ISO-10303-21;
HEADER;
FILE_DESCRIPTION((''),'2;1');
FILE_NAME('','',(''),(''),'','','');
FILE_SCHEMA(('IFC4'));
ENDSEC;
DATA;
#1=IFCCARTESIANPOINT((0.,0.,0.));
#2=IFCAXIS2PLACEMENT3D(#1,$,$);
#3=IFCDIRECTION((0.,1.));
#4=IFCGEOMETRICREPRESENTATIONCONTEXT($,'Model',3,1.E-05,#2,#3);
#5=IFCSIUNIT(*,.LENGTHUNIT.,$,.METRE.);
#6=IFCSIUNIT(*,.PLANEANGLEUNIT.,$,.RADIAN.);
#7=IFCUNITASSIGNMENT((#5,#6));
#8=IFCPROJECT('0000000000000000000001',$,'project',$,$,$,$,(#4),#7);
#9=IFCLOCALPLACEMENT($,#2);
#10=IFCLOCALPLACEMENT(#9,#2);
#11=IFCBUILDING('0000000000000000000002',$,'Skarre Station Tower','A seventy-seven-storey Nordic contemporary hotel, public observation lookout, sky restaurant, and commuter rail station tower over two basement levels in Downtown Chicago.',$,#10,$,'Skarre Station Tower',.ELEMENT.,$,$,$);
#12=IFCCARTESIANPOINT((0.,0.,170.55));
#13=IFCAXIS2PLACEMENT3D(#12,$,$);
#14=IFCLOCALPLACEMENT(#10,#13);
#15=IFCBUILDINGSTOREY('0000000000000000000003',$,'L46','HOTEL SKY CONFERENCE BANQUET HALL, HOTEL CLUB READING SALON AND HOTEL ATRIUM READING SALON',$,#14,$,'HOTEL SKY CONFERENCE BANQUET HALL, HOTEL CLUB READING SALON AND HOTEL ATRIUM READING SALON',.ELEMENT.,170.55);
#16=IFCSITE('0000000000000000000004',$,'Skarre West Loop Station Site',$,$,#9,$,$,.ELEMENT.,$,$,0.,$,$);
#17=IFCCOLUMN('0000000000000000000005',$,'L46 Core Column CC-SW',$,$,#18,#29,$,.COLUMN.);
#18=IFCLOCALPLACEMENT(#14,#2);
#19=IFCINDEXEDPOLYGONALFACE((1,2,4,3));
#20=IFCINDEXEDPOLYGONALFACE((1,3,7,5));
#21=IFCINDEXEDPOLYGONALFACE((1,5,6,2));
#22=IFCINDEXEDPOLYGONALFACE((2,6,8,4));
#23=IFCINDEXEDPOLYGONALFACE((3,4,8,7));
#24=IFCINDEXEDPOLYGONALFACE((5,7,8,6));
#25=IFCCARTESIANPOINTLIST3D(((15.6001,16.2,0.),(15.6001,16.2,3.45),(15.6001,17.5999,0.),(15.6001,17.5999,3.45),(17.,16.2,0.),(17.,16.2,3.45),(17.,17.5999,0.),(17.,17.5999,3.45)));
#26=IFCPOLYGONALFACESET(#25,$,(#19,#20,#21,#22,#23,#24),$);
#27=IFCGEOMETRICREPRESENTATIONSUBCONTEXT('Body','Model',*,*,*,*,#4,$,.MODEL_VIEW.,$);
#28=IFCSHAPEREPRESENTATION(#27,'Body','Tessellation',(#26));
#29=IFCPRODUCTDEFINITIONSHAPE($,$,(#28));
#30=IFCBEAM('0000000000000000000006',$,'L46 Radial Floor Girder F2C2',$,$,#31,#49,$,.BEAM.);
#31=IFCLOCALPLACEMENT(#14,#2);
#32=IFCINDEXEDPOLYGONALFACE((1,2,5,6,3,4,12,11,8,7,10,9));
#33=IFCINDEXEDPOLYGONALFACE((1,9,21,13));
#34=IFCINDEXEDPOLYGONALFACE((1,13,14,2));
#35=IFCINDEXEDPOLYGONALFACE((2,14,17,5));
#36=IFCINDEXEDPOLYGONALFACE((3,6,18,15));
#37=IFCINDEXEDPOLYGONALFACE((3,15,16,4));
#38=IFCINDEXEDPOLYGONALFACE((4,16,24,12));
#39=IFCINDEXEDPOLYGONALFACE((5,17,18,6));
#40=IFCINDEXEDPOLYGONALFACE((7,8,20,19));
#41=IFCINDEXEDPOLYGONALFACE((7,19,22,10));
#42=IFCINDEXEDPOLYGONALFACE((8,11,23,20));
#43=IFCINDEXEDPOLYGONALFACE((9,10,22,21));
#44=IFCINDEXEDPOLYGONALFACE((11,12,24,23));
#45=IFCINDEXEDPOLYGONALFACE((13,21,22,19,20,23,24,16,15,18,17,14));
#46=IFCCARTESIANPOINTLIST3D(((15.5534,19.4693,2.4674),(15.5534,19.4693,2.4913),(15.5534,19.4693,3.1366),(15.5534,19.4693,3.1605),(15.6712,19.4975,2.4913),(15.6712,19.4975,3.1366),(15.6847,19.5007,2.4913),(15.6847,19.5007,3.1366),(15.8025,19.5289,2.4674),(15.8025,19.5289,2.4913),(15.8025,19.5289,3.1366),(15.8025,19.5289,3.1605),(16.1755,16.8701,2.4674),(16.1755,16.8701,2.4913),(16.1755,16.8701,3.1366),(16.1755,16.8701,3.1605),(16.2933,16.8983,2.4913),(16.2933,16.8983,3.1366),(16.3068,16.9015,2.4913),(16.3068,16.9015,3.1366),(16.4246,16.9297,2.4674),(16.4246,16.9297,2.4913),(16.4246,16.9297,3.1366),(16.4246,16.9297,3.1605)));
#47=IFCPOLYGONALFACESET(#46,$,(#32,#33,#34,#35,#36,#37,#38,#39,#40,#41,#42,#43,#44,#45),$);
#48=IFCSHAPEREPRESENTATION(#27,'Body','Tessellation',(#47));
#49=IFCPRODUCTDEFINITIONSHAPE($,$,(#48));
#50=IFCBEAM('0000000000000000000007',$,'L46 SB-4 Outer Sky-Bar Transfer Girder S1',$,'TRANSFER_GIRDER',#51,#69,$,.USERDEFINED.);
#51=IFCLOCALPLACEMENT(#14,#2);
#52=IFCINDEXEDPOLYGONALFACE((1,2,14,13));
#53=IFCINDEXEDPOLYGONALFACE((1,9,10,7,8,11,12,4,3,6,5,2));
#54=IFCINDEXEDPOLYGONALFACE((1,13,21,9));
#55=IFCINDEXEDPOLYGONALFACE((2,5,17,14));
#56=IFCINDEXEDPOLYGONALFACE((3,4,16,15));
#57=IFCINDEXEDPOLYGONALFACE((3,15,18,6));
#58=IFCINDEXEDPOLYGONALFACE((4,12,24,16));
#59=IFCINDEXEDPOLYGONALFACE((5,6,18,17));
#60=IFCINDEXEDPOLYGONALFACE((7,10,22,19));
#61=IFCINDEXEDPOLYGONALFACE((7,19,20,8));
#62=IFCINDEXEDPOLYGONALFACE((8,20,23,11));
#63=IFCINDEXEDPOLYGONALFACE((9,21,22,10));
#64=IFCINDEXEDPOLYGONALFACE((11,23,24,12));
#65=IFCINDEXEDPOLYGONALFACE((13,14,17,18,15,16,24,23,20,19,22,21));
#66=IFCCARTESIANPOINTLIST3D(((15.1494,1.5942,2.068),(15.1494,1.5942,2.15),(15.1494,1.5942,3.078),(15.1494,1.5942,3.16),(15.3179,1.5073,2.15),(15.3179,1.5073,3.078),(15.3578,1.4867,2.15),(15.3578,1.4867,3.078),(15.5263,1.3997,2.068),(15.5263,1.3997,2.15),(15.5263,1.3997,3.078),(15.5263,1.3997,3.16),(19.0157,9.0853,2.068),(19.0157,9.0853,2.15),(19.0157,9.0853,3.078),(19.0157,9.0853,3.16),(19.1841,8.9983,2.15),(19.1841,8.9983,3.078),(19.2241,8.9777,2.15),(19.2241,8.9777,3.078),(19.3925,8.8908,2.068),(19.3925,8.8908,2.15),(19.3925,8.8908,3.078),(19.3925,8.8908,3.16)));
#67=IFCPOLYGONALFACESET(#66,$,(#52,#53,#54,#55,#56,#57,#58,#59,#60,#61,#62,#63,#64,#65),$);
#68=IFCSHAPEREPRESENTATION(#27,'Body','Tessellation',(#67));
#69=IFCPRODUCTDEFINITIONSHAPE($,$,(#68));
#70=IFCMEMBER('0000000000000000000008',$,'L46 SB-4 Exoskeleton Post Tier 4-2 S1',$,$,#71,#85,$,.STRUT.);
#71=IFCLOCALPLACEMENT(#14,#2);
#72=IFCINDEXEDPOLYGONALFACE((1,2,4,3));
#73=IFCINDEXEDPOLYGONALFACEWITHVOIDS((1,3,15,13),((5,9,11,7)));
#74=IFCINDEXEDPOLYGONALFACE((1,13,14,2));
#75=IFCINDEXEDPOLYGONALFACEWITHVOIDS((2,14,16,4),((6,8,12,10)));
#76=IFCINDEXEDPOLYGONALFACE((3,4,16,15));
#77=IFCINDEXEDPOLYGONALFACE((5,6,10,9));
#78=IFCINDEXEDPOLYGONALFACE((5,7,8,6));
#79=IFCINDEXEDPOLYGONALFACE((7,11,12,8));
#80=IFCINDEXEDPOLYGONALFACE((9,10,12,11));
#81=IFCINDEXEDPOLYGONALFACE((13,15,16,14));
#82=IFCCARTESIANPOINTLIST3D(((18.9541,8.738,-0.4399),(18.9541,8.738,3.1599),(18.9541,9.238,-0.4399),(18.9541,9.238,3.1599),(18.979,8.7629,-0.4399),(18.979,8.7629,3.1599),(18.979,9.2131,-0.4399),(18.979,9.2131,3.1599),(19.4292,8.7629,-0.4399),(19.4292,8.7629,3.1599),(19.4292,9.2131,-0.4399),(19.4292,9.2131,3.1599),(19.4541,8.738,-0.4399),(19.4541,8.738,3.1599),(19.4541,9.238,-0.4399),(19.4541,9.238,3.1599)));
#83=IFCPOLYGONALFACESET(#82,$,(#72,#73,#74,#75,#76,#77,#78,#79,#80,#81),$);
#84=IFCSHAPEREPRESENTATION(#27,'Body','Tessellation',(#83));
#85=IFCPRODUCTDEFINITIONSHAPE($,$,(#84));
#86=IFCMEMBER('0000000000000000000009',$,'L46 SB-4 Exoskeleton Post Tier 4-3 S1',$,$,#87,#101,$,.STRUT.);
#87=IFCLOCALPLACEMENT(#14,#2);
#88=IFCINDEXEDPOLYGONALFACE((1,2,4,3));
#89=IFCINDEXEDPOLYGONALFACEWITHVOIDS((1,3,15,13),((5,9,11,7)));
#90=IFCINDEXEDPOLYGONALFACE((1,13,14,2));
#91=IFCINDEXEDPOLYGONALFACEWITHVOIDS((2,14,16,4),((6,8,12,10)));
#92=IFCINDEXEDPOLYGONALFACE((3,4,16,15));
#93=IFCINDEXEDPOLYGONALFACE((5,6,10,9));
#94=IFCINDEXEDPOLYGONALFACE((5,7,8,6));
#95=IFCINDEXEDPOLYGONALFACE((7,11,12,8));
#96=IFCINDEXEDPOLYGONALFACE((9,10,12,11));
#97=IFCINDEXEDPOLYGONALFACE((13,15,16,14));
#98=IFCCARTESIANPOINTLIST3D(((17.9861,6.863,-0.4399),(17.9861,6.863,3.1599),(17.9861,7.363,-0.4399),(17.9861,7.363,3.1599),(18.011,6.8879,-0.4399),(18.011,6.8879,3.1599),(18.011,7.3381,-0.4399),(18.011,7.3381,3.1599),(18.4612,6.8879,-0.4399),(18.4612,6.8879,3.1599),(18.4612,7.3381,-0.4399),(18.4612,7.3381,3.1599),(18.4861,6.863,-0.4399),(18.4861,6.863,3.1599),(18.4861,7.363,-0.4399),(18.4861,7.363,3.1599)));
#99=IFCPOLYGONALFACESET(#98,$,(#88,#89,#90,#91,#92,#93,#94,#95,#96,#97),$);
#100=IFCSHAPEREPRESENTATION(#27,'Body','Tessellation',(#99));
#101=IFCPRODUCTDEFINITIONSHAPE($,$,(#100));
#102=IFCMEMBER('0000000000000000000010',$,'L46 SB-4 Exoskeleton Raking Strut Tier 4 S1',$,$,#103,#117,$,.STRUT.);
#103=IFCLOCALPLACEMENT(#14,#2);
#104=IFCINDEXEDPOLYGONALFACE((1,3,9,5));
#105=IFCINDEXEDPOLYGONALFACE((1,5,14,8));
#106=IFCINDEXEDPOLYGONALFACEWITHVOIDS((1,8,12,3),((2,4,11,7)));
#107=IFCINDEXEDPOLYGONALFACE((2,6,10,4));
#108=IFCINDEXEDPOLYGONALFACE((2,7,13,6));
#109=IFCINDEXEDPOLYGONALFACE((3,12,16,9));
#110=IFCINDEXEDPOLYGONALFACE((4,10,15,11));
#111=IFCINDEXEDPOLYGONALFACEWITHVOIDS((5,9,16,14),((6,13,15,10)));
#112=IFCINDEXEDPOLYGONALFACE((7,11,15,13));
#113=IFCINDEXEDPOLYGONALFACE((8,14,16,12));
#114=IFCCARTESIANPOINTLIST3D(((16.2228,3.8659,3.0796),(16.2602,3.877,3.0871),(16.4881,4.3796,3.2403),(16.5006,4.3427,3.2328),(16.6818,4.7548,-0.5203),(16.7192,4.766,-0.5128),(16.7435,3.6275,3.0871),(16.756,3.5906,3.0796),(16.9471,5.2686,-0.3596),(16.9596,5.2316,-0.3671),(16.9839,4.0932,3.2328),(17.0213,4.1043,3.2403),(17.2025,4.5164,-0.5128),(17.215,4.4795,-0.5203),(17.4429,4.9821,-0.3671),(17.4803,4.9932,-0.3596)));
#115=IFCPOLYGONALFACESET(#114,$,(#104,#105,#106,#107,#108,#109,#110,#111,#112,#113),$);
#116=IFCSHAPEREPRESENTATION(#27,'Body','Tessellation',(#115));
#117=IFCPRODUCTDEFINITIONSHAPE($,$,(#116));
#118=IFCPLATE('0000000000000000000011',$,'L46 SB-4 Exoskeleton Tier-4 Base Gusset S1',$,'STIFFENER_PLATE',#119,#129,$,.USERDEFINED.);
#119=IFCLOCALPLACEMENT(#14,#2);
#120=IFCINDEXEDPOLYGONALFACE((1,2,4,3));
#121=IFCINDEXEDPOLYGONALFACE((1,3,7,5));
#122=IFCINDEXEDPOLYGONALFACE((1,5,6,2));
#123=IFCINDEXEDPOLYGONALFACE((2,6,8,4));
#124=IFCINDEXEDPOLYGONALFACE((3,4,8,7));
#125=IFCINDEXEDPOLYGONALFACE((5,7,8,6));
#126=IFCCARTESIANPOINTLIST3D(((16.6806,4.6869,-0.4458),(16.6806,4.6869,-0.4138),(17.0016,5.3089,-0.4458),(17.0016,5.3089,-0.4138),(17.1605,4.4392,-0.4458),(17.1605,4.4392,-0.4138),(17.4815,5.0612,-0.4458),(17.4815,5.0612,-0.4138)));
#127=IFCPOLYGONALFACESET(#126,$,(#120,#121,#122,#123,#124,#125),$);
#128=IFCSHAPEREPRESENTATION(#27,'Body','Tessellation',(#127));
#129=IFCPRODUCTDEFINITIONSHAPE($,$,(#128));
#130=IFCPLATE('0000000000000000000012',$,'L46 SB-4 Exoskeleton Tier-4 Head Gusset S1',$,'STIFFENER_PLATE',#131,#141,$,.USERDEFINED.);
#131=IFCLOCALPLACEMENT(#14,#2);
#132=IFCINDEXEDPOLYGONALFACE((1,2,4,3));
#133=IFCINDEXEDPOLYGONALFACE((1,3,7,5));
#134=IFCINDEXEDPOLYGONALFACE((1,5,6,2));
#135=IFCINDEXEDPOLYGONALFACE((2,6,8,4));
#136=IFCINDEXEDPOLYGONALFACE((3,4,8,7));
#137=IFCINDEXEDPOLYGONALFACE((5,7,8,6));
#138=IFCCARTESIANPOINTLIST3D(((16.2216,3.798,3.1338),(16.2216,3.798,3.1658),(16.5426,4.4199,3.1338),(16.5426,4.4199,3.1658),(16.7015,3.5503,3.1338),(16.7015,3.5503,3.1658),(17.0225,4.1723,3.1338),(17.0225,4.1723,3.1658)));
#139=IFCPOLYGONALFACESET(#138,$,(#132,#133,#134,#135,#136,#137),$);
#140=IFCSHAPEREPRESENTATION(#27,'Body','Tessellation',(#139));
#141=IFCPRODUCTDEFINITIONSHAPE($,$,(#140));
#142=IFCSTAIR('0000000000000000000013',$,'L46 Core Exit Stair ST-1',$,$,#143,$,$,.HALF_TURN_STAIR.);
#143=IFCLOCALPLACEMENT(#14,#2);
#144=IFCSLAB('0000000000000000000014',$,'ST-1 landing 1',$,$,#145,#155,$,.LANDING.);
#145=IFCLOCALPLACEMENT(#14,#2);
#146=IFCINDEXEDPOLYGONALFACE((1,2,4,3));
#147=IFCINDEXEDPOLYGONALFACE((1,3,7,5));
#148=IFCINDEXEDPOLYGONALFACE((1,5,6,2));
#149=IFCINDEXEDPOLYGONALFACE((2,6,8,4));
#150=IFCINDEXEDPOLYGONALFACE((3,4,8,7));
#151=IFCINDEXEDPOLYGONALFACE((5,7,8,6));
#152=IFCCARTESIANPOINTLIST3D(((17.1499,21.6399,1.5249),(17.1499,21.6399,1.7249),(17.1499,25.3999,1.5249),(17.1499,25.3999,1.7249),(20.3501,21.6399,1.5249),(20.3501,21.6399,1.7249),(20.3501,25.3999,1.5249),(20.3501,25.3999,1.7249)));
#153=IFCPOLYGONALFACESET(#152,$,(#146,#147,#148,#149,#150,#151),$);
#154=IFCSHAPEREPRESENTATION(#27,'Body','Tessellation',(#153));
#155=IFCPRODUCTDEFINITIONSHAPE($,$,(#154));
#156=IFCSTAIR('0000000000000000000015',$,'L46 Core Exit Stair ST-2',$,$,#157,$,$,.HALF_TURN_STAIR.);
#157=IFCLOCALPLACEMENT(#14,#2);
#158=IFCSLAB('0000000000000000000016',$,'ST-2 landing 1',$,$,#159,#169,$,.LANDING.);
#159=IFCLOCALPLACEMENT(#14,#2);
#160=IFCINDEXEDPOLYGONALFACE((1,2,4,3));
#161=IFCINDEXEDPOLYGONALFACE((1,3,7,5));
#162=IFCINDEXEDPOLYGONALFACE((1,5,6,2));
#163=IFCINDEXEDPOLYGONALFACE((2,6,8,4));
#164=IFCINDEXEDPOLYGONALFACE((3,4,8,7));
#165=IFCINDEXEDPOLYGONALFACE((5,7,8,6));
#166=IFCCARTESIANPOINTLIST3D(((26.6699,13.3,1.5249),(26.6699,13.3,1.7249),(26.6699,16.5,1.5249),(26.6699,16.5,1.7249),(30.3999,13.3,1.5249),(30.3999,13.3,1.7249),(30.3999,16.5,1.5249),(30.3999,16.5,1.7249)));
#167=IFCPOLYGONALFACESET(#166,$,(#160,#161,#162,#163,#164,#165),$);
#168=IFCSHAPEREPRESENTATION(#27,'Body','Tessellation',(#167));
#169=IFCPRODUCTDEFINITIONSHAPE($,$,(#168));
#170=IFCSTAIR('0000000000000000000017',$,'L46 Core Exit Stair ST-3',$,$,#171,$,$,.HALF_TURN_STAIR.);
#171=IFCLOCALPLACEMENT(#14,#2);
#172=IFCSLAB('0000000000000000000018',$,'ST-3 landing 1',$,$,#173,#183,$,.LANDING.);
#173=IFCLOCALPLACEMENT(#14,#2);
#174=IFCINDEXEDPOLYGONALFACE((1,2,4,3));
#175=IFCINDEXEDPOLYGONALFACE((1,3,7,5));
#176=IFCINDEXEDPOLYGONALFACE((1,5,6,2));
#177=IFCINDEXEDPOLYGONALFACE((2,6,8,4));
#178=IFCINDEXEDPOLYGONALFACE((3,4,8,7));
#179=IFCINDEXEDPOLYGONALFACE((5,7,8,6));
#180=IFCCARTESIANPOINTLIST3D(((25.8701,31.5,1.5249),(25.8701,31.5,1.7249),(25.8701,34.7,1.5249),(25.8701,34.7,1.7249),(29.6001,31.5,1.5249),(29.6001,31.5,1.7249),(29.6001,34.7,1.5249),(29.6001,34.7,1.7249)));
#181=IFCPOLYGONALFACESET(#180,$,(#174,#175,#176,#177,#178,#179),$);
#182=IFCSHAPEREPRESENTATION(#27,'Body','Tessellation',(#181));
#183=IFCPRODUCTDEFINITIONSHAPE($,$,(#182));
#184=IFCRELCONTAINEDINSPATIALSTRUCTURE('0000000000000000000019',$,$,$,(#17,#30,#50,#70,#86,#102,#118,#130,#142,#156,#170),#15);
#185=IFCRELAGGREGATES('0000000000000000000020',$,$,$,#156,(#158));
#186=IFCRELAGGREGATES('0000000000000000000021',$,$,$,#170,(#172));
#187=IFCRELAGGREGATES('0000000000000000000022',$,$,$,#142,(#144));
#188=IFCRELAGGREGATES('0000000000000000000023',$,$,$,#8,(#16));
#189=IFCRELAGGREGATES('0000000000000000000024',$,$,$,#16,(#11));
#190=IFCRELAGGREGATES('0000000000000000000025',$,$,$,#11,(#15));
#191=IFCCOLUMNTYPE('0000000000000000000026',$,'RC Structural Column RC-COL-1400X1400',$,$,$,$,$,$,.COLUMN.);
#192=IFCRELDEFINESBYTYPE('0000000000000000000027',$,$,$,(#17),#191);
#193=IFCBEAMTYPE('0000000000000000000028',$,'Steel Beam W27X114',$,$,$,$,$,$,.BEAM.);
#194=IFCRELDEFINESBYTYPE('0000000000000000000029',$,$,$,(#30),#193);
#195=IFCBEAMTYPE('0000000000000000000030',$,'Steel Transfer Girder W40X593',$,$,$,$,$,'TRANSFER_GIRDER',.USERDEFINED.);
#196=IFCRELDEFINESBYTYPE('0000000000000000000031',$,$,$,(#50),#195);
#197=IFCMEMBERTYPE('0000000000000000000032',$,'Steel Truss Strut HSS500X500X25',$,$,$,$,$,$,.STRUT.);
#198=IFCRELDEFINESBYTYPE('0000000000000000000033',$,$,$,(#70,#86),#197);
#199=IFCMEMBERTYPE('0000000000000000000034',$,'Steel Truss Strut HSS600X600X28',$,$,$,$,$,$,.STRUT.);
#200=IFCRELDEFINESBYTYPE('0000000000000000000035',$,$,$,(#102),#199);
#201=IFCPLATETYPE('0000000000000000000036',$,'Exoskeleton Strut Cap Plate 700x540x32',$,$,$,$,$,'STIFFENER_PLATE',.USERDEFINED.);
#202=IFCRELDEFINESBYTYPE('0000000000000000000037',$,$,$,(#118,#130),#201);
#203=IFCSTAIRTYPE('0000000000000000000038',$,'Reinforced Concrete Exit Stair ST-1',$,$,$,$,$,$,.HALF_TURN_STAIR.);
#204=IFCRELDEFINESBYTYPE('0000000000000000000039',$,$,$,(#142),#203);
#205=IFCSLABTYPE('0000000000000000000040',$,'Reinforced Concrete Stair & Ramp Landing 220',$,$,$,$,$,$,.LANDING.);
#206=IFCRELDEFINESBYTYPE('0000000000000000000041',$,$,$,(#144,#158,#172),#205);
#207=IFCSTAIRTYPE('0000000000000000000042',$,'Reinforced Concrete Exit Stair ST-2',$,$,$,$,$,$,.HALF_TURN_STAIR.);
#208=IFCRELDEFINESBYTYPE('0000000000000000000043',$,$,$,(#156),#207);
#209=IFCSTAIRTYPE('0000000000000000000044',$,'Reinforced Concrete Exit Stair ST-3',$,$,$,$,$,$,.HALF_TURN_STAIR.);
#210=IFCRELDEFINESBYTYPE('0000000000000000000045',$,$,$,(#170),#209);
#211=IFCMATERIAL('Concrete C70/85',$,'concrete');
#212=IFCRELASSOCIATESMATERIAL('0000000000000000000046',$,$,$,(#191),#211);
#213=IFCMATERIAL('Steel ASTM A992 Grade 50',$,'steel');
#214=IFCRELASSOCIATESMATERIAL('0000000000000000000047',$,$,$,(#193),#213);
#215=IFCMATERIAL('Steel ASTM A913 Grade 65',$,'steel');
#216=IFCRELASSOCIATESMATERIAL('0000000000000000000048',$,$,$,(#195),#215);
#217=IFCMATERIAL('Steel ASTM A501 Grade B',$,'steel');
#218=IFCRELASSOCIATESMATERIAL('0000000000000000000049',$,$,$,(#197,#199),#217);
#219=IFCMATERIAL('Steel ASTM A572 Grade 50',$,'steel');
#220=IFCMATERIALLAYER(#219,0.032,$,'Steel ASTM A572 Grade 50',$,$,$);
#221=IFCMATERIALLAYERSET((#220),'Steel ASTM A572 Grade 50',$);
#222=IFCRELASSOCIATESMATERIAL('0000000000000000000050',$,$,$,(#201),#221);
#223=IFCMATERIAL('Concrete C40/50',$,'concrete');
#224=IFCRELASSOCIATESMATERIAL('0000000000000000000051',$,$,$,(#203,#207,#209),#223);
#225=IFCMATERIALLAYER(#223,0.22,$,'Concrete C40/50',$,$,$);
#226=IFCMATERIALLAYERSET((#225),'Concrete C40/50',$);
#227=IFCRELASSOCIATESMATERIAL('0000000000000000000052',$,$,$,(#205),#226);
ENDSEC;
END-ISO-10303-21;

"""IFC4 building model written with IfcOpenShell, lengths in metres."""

from ifc_helpers import new_model, si_unit, direction, frame, origin, origin_2d, place, context, subcontext, project, spatial, polyline, rectangle, hollow_rectangle, i_section, outline, extrude, material, layer, layer_set, material_profile, profile_set, type_object, element, aggregate, save


model = new_model("IFC4")

# Units and contexts
model_context = context("Model", 3, precision=1e-05, world=origin(), true_north=direction((0.0, 1.0)))
body_context = subcontext(model_context, "Body", "Model", "MODEL_VIEW")
ifc_project = project(units=[si_unit("LENGTHUNIT", "METRE"), si_unit("PLANEANGLEUNIT", "RADIAN")], contexts=[model_context])

# Site, building, storey
site_placement = place(None, origin())
site = spatial("IfcSite", under=ifc_project, at=site_placement, Name="Skarre West Loop Station Site", CompositionType="ELEMENT", RefElevation=0.0)
building_placement = place(site_placement, origin())
building = spatial("IfcBuilding", under=site, at=building_placement, Name="Skarre Station Tower", Description="A seventy-seven-storey Nordic contemporary hotel, public observation lookout, sky restaurant, and commuter rail station tower over two basement levels in Downtown Chicago.", LongName="Skarre Station Tower", CompositionType="ELEMENT")
storey_placement = place(building_placement, frame((0.0, 0.0, 170.55)))
storey = spatial("IfcBuildingStorey", under=building, at=storey_placement, Name="L46", Description="HOTEL SKY CONFERENCE BANQUET HALL, HOTEL CLUB READING SALON AND HOTEL ATRIUM READING SALON", LongName="HOTEL SKY CONFERENCE BANQUET HALL, HOTEL CLUB READING SALON AND HOTEL ATRIUM READING SALON", CompositionType="ELEMENT", Elevation=170.55)

# Column
ifc_material_1 = material(Name="Concrete C70/85", Category="concrete")
ifc_material_profile_1 = material_profile(ifc_material_1, rectangle(XDim=1.3999, YDim=1.3999, at=origin_2d()), Name="Concrete C70/85")
ifc_profile_set_1 = profile_set([ifc_material_profile_1], Name="Concrete C70/85")
column_type = type_object("IfcColumnType", Name="RC Structural Column RC-COL-1400X1400", PredefinedType="COLUMN", material=ifc_profile_set_1)
column_placement = place(storey_placement, frame((16.3, 16.8999, 0.0), z_axis=(0.0, 0.0, 1.0), x_axis=(1.0, 0.0, 0.0)))
element("IfcColumn", 1, at=column_placement, inside=storey, type_object=column_type, Name="L46 Core Column CC-SW", PredefinedType="COLUMN", context=body_context, shape_type="SweptSolid", body=[
    extrude(rectangle(XDim=1.3999, YDim=1.3999, at=origin_2d()), origin(), (0.0, 0.0, 1.0), 3.45),
])

# Beams
ifc_material_2 = material(Name="Steel ASTM A992 Grade 50", Category="steel")
ifc_material_profile_2 = material_profile(ifc_material_2, i_section(OverallWidth=0.2561, OverallDepth=0.6931, WebThickness=0.0139, FlangeThickness=0.0239, at=origin_2d()), Name="Steel ASTM A992 Grade 50")
ifc_profile_set_2 = profile_set([ifc_material_profile_2], Name="Steel ASTM A992 Grade 50")
beam_type_1 = type_object("IfcBeamType", Name="Steel Beam W27X114", PredefinedType="BEAM", material=ifc_profile_set_2)
beam_1_placement = place(storey_placement, frame((16.3, 16.8999, 2.814), z_axis=(-0.232765, 0.972533, 0.0), x_axis=(-0.972533, -0.232765, 0.0)))
element("IfcBeam", 2, at=beam_1_placement, inside=storey, type_object=beam_type_1, Name="L46 Radial Floor Girder F2C2", PredefinedType="BEAM", context=body_context, shape_type="SweptSolid", body=[
    extrude(i_section(OverallWidth=0.2561, OverallDepth=0.6931, WebThickness=0.0139, FlangeThickness=0.0239, at=origin_2d()), origin(), (0.0, 0.0, 1.0), 2.6726),
])
ifc_material_3 = material(Name="Steel ASTM A913 Grade 65", Category="steel")
ifc_material_profile_3 = material_profile(ifc_material_3, i_section(OverallWidth=0.4241, OverallDepth=1.092, WebThickness=0.0449, FlangeThickness=0.082, at=origin_2d()), Name="Steel ASTM A913 Grade 65")
ifc_profile_set_3 = profile_set([ifc_material_profile_3], Name="Steel ASTM A913 Grade 65")
beam_type_2 = type_object("IfcBeamType", Name="Steel Transfer Girder W40X593", ElementType="TRANSFER_GIRDER", PredefinedType="USERDEFINED", material=ifc_profile_set_3)
beam_2_placement = place(storey_placement, frame((19.2041, 8.988, 2.614), z_axis=(-0.458634, -0.888625, 0.0), x_axis=(0.888625, -0.458634, 0.0)))
element("IfcBeam", 3, at=beam_2_placement, inside=storey, type_object=beam_type_2, Name="L46 SB-4 Outer Sky-Bar Transfer Girder S1", ObjectType="TRANSFER_GIRDER", PredefinedType="USERDEFINED", context=body_context, shape_type="SweptSolid", body=[
    extrude(i_section(OverallWidth=0.4241, OverallDepth=1.092, WebThickness=0.0449, FlangeThickness=0.082, at=origin_2d()), origin(), (0.0, 0.0, 1.0), 8.4299),
])

# Members
ifc_material_4 = material(Name="Steel ASTM A501 Grade B", Category="steel")
ifc_material_profile_4 = material_profile(ifc_material_4, hollow_rectangle(XDim=0.5, YDim=0.5, WallThickness=0.0249, at=origin_2d()), Name="Steel ASTM A501 Grade B")
ifc_profile_set_4 = profile_set([ifc_material_profile_4], Name="Steel ASTM A501 Grade B")
member_type_1 = type_object("IfcMemberType", Name="Steel Truss Strut HSS500X500X25", PredefinedType="STRUT", material=ifc_profile_set_4)
for number, where, z_axis, x_axis, name in (
    (4, (19.2041, 8.988, -0.4399), (0.0, 0.0, 1.0), (1.0, 0.0, 0.0), "L46 SB-4 Exoskeleton Post Tier 4-2 S1"),
    (5, (18.2361, 7.113, -0.4399), (0.0, 0.0, 1.0), (1.0, 0.0, 0.0), "L46 SB-4 Exoskeleton Post Tier 4-3 S1"),
):
    element("IfcMember", number, at=place(storey_placement, frame(where, z_axis=z_axis, x_axis=x_axis)), inside=storey, type_object=member_type_1, Name=name, PredefinedType="STRUT", context=body_context, shape_type="SweptSolid", body=[
        extrude(hollow_rectangle(XDim=0.5, YDim=0.5, WallThickness=0.0249, at=origin_2d()), origin(), (0.0, 0.0, 1.0), 3.5999),
    ])
ifc_material_profile_5 = material_profile(ifc_material_4, hollow_rectangle(XDim=0.6001, YDim=0.6001, WallThickness=0.0281, at=origin_2d()), Name="Steel ASTM A501 Grade B")
ifc_profile_set_5 = profile_set([ifc_material_profile_5], Name="Steel ASTM A501 Grade B")
member_type_2 = type_object("IfcMemberType", Name="Steel Truss Strut HSS600X600X28", PredefinedType="STRUT", material=ifc_profile_set_5)
member_placement = place(storey_placement, frame((17.0811, 4.874, -0.4399), z_axis=(-0.122845, -0.237915, 0.963486), x_axis=(0.888544, -0.458792, 0.0)))
element("IfcMember", 6, at=member_placement, inside=storey, type_object=member_type_2, Name="L46 SB-4 Exoskeleton Raking Strut Tier 4 S1", PredefinedType="STRUT", context=body_context, shape_type="SweptSolid", body=[
    extrude(hollow_rectangle(XDim=0.6001, YDim=0.6001, WallThickness=0.0281, at=origin_2d()), origin(), (0.0, 0.0, 1.0), 3.7363),
])

# Plates
ifc_material_5 = material(Name="Steel ASTM A572 Grade 50", Category="steel")
ifc_layer_1 = layer(ifc_material_5, 0.032, Name="Steel ASTM A572 Grade 50")
ifc_layer_set_1 = layer_set([ifc_layer_1], Name="Steel ASTM A572 Grade 50")
plate_type = type_object("IfcPlateType", Name="Exoskeleton Strut Cap Plate 700x540x32", ElementType="STIFFENER_PLATE", PredefinedType="USERDEFINED", material=ifc_layer_set_1)
for number, where, z_axis, x_axis, name in (
    (7, (17.0811, 4.874, -0.4458), (0.0, 0.0, 1.0), (-0.458634, -0.888625, 0.0), "L46 SB-4 Exoskeleton Tier-4 Base Gusset S1"),
    (8, (16.6221, 3.9851, 3.1338), (0.0, 0.0, 1.0), (-0.458634, -0.888625, 0.0), "L46 SB-4 Exoskeleton Tier-4 Head Gusset S1"),
):
    element("IfcPlate", number, at=place(storey_placement, frame(where, z_axis=z_axis, x_axis=x_axis)), inside=storey, type_object=plate_type, Name=name, ObjectType="STIFFENER_PLATE", PredefinedType="USERDEFINED", context=body_context, shape_type="SweptSolid", body=[
        extrude(rectangle(XDim=0.7, YDim=0.54, at=origin_2d()), origin(), (0.0, 0.0, 1.0), 0.032),
    ])

# Stairs, slabs
ifc_material_6 = material(Name="Concrete C40/50", Category="concrete")
stair_type_1 = type_object("IfcStairType", Name="Reinforced Concrete Exit Stair ST-1", PredefinedType="HALF_TURN_STAIR", material=ifc_material_6)
stair_1_placement = place(storey_placement, origin())
stair_1 = element("IfcStair", 9, at=stair_1_placement, inside=storey, type_object=stair_type_1, Name="L46 Core Exit Stair ST-1", PredefinedType="HALF_TURN_STAIR")
ifc_layer_2 = layer(ifc_material_6, 0.22, Name="Concrete C40/50")
ifc_layer_set_2 = layer_set([ifc_layer_2], Name="Concrete C40/50")
slab_type_1 = type_object("IfcSlabType", Name="Reinforced Concrete Stair & Ramp Landing 220", PredefinedType="LANDING", material=ifc_layer_set_2)
slab_1_placement = place(storey_placement, frame((0.0, 0.0, 1.5249)))
slab_1 = element("IfcSlab", 10, at=slab_1_placement, type_object=slab_type_1, Name="ST-1 landing 1", PredefinedType="LANDING", context=body_context, shape_type="SweptSolid", body=[
    extrude(outline(polyline([(20.3501, 21.6399), (20.3501, 25.3999), (17.1499, 25.3999), (17.1499, 21.6399), (20.3501, 21.6399)])), origin(), (0.0, 0.0, 1.0), 0.2),
])
stair_type_2 = type_object("IfcStairType", Name="Reinforced Concrete Exit Stair ST-2", PredefinedType="HALF_TURN_STAIR", material=ifc_material_6)
stair_2_placement = place(storey_placement, origin())
stair_2 = element("IfcStair", 11, at=stair_2_placement, inside=storey, type_object=stair_type_2, Name="L46 Core Exit Stair ST-2", PredefinedType="HALF_TURN_STAIR")
slab_2_placement = place(storey_placement, frame((0.0, 0.0, 1.5249)))
slab_2 = element("IfcSlab", 12, at=slab_2_placement, type_object=slab_type_1, Name="ST-2 landing 1", PredefinedType="LANDING", context=body_context, shape_type="SweptSolid", body=[
    extrude(outline(polyline([(26.6699, 13.3), (30.3999, 13.3), (30.3999, 16.5), (26.6699, 16.5), (26.6699, 13.3)])), origin(), (0.0, 0.0, 1.0), 0.2),
])
aggregate(stair_2, [slab_2])
stair_type_3 = type_object("IfcStairType", Name="Reinforced Concrete Exit Stair ST-3", PredefinedType="HALF_TURN_STAIR", material=ifc_material_6)
stair_3_placement = place(storey_placement, origin())
stair_3 = element("IfcStair", 13, at=stair_3_placement, inside=storey, type_object=stair_type_3, Name="L46 Core Exit Stair ST-3", PredefinedType="HALF_TURN_STAIR")
slab_3_placement = place(storey_placement, frame((0.0, 0.0, 1.5249)))
slab_3 = element("IfcSlab", 14, at=slab_3_placement, type_object=slab_type_1, Name="ST-3 landing 1", PredefinedType="LANDING", context=body_context, shape_type="SweptSolid", body=[
    extrude(outline(polyline([(25.8701, 31.5), (29.6001, 31.5), (29.6001, 34.7), (25.8701, 34.7), (25.8701, 31.5)])), origin(), (0.0, 0.0, 1.0), 0.2),
])
aggregate(stair_3, [slab_3])

aggregate(stair_1, [slab_1])

save(model, "model.ifc")
